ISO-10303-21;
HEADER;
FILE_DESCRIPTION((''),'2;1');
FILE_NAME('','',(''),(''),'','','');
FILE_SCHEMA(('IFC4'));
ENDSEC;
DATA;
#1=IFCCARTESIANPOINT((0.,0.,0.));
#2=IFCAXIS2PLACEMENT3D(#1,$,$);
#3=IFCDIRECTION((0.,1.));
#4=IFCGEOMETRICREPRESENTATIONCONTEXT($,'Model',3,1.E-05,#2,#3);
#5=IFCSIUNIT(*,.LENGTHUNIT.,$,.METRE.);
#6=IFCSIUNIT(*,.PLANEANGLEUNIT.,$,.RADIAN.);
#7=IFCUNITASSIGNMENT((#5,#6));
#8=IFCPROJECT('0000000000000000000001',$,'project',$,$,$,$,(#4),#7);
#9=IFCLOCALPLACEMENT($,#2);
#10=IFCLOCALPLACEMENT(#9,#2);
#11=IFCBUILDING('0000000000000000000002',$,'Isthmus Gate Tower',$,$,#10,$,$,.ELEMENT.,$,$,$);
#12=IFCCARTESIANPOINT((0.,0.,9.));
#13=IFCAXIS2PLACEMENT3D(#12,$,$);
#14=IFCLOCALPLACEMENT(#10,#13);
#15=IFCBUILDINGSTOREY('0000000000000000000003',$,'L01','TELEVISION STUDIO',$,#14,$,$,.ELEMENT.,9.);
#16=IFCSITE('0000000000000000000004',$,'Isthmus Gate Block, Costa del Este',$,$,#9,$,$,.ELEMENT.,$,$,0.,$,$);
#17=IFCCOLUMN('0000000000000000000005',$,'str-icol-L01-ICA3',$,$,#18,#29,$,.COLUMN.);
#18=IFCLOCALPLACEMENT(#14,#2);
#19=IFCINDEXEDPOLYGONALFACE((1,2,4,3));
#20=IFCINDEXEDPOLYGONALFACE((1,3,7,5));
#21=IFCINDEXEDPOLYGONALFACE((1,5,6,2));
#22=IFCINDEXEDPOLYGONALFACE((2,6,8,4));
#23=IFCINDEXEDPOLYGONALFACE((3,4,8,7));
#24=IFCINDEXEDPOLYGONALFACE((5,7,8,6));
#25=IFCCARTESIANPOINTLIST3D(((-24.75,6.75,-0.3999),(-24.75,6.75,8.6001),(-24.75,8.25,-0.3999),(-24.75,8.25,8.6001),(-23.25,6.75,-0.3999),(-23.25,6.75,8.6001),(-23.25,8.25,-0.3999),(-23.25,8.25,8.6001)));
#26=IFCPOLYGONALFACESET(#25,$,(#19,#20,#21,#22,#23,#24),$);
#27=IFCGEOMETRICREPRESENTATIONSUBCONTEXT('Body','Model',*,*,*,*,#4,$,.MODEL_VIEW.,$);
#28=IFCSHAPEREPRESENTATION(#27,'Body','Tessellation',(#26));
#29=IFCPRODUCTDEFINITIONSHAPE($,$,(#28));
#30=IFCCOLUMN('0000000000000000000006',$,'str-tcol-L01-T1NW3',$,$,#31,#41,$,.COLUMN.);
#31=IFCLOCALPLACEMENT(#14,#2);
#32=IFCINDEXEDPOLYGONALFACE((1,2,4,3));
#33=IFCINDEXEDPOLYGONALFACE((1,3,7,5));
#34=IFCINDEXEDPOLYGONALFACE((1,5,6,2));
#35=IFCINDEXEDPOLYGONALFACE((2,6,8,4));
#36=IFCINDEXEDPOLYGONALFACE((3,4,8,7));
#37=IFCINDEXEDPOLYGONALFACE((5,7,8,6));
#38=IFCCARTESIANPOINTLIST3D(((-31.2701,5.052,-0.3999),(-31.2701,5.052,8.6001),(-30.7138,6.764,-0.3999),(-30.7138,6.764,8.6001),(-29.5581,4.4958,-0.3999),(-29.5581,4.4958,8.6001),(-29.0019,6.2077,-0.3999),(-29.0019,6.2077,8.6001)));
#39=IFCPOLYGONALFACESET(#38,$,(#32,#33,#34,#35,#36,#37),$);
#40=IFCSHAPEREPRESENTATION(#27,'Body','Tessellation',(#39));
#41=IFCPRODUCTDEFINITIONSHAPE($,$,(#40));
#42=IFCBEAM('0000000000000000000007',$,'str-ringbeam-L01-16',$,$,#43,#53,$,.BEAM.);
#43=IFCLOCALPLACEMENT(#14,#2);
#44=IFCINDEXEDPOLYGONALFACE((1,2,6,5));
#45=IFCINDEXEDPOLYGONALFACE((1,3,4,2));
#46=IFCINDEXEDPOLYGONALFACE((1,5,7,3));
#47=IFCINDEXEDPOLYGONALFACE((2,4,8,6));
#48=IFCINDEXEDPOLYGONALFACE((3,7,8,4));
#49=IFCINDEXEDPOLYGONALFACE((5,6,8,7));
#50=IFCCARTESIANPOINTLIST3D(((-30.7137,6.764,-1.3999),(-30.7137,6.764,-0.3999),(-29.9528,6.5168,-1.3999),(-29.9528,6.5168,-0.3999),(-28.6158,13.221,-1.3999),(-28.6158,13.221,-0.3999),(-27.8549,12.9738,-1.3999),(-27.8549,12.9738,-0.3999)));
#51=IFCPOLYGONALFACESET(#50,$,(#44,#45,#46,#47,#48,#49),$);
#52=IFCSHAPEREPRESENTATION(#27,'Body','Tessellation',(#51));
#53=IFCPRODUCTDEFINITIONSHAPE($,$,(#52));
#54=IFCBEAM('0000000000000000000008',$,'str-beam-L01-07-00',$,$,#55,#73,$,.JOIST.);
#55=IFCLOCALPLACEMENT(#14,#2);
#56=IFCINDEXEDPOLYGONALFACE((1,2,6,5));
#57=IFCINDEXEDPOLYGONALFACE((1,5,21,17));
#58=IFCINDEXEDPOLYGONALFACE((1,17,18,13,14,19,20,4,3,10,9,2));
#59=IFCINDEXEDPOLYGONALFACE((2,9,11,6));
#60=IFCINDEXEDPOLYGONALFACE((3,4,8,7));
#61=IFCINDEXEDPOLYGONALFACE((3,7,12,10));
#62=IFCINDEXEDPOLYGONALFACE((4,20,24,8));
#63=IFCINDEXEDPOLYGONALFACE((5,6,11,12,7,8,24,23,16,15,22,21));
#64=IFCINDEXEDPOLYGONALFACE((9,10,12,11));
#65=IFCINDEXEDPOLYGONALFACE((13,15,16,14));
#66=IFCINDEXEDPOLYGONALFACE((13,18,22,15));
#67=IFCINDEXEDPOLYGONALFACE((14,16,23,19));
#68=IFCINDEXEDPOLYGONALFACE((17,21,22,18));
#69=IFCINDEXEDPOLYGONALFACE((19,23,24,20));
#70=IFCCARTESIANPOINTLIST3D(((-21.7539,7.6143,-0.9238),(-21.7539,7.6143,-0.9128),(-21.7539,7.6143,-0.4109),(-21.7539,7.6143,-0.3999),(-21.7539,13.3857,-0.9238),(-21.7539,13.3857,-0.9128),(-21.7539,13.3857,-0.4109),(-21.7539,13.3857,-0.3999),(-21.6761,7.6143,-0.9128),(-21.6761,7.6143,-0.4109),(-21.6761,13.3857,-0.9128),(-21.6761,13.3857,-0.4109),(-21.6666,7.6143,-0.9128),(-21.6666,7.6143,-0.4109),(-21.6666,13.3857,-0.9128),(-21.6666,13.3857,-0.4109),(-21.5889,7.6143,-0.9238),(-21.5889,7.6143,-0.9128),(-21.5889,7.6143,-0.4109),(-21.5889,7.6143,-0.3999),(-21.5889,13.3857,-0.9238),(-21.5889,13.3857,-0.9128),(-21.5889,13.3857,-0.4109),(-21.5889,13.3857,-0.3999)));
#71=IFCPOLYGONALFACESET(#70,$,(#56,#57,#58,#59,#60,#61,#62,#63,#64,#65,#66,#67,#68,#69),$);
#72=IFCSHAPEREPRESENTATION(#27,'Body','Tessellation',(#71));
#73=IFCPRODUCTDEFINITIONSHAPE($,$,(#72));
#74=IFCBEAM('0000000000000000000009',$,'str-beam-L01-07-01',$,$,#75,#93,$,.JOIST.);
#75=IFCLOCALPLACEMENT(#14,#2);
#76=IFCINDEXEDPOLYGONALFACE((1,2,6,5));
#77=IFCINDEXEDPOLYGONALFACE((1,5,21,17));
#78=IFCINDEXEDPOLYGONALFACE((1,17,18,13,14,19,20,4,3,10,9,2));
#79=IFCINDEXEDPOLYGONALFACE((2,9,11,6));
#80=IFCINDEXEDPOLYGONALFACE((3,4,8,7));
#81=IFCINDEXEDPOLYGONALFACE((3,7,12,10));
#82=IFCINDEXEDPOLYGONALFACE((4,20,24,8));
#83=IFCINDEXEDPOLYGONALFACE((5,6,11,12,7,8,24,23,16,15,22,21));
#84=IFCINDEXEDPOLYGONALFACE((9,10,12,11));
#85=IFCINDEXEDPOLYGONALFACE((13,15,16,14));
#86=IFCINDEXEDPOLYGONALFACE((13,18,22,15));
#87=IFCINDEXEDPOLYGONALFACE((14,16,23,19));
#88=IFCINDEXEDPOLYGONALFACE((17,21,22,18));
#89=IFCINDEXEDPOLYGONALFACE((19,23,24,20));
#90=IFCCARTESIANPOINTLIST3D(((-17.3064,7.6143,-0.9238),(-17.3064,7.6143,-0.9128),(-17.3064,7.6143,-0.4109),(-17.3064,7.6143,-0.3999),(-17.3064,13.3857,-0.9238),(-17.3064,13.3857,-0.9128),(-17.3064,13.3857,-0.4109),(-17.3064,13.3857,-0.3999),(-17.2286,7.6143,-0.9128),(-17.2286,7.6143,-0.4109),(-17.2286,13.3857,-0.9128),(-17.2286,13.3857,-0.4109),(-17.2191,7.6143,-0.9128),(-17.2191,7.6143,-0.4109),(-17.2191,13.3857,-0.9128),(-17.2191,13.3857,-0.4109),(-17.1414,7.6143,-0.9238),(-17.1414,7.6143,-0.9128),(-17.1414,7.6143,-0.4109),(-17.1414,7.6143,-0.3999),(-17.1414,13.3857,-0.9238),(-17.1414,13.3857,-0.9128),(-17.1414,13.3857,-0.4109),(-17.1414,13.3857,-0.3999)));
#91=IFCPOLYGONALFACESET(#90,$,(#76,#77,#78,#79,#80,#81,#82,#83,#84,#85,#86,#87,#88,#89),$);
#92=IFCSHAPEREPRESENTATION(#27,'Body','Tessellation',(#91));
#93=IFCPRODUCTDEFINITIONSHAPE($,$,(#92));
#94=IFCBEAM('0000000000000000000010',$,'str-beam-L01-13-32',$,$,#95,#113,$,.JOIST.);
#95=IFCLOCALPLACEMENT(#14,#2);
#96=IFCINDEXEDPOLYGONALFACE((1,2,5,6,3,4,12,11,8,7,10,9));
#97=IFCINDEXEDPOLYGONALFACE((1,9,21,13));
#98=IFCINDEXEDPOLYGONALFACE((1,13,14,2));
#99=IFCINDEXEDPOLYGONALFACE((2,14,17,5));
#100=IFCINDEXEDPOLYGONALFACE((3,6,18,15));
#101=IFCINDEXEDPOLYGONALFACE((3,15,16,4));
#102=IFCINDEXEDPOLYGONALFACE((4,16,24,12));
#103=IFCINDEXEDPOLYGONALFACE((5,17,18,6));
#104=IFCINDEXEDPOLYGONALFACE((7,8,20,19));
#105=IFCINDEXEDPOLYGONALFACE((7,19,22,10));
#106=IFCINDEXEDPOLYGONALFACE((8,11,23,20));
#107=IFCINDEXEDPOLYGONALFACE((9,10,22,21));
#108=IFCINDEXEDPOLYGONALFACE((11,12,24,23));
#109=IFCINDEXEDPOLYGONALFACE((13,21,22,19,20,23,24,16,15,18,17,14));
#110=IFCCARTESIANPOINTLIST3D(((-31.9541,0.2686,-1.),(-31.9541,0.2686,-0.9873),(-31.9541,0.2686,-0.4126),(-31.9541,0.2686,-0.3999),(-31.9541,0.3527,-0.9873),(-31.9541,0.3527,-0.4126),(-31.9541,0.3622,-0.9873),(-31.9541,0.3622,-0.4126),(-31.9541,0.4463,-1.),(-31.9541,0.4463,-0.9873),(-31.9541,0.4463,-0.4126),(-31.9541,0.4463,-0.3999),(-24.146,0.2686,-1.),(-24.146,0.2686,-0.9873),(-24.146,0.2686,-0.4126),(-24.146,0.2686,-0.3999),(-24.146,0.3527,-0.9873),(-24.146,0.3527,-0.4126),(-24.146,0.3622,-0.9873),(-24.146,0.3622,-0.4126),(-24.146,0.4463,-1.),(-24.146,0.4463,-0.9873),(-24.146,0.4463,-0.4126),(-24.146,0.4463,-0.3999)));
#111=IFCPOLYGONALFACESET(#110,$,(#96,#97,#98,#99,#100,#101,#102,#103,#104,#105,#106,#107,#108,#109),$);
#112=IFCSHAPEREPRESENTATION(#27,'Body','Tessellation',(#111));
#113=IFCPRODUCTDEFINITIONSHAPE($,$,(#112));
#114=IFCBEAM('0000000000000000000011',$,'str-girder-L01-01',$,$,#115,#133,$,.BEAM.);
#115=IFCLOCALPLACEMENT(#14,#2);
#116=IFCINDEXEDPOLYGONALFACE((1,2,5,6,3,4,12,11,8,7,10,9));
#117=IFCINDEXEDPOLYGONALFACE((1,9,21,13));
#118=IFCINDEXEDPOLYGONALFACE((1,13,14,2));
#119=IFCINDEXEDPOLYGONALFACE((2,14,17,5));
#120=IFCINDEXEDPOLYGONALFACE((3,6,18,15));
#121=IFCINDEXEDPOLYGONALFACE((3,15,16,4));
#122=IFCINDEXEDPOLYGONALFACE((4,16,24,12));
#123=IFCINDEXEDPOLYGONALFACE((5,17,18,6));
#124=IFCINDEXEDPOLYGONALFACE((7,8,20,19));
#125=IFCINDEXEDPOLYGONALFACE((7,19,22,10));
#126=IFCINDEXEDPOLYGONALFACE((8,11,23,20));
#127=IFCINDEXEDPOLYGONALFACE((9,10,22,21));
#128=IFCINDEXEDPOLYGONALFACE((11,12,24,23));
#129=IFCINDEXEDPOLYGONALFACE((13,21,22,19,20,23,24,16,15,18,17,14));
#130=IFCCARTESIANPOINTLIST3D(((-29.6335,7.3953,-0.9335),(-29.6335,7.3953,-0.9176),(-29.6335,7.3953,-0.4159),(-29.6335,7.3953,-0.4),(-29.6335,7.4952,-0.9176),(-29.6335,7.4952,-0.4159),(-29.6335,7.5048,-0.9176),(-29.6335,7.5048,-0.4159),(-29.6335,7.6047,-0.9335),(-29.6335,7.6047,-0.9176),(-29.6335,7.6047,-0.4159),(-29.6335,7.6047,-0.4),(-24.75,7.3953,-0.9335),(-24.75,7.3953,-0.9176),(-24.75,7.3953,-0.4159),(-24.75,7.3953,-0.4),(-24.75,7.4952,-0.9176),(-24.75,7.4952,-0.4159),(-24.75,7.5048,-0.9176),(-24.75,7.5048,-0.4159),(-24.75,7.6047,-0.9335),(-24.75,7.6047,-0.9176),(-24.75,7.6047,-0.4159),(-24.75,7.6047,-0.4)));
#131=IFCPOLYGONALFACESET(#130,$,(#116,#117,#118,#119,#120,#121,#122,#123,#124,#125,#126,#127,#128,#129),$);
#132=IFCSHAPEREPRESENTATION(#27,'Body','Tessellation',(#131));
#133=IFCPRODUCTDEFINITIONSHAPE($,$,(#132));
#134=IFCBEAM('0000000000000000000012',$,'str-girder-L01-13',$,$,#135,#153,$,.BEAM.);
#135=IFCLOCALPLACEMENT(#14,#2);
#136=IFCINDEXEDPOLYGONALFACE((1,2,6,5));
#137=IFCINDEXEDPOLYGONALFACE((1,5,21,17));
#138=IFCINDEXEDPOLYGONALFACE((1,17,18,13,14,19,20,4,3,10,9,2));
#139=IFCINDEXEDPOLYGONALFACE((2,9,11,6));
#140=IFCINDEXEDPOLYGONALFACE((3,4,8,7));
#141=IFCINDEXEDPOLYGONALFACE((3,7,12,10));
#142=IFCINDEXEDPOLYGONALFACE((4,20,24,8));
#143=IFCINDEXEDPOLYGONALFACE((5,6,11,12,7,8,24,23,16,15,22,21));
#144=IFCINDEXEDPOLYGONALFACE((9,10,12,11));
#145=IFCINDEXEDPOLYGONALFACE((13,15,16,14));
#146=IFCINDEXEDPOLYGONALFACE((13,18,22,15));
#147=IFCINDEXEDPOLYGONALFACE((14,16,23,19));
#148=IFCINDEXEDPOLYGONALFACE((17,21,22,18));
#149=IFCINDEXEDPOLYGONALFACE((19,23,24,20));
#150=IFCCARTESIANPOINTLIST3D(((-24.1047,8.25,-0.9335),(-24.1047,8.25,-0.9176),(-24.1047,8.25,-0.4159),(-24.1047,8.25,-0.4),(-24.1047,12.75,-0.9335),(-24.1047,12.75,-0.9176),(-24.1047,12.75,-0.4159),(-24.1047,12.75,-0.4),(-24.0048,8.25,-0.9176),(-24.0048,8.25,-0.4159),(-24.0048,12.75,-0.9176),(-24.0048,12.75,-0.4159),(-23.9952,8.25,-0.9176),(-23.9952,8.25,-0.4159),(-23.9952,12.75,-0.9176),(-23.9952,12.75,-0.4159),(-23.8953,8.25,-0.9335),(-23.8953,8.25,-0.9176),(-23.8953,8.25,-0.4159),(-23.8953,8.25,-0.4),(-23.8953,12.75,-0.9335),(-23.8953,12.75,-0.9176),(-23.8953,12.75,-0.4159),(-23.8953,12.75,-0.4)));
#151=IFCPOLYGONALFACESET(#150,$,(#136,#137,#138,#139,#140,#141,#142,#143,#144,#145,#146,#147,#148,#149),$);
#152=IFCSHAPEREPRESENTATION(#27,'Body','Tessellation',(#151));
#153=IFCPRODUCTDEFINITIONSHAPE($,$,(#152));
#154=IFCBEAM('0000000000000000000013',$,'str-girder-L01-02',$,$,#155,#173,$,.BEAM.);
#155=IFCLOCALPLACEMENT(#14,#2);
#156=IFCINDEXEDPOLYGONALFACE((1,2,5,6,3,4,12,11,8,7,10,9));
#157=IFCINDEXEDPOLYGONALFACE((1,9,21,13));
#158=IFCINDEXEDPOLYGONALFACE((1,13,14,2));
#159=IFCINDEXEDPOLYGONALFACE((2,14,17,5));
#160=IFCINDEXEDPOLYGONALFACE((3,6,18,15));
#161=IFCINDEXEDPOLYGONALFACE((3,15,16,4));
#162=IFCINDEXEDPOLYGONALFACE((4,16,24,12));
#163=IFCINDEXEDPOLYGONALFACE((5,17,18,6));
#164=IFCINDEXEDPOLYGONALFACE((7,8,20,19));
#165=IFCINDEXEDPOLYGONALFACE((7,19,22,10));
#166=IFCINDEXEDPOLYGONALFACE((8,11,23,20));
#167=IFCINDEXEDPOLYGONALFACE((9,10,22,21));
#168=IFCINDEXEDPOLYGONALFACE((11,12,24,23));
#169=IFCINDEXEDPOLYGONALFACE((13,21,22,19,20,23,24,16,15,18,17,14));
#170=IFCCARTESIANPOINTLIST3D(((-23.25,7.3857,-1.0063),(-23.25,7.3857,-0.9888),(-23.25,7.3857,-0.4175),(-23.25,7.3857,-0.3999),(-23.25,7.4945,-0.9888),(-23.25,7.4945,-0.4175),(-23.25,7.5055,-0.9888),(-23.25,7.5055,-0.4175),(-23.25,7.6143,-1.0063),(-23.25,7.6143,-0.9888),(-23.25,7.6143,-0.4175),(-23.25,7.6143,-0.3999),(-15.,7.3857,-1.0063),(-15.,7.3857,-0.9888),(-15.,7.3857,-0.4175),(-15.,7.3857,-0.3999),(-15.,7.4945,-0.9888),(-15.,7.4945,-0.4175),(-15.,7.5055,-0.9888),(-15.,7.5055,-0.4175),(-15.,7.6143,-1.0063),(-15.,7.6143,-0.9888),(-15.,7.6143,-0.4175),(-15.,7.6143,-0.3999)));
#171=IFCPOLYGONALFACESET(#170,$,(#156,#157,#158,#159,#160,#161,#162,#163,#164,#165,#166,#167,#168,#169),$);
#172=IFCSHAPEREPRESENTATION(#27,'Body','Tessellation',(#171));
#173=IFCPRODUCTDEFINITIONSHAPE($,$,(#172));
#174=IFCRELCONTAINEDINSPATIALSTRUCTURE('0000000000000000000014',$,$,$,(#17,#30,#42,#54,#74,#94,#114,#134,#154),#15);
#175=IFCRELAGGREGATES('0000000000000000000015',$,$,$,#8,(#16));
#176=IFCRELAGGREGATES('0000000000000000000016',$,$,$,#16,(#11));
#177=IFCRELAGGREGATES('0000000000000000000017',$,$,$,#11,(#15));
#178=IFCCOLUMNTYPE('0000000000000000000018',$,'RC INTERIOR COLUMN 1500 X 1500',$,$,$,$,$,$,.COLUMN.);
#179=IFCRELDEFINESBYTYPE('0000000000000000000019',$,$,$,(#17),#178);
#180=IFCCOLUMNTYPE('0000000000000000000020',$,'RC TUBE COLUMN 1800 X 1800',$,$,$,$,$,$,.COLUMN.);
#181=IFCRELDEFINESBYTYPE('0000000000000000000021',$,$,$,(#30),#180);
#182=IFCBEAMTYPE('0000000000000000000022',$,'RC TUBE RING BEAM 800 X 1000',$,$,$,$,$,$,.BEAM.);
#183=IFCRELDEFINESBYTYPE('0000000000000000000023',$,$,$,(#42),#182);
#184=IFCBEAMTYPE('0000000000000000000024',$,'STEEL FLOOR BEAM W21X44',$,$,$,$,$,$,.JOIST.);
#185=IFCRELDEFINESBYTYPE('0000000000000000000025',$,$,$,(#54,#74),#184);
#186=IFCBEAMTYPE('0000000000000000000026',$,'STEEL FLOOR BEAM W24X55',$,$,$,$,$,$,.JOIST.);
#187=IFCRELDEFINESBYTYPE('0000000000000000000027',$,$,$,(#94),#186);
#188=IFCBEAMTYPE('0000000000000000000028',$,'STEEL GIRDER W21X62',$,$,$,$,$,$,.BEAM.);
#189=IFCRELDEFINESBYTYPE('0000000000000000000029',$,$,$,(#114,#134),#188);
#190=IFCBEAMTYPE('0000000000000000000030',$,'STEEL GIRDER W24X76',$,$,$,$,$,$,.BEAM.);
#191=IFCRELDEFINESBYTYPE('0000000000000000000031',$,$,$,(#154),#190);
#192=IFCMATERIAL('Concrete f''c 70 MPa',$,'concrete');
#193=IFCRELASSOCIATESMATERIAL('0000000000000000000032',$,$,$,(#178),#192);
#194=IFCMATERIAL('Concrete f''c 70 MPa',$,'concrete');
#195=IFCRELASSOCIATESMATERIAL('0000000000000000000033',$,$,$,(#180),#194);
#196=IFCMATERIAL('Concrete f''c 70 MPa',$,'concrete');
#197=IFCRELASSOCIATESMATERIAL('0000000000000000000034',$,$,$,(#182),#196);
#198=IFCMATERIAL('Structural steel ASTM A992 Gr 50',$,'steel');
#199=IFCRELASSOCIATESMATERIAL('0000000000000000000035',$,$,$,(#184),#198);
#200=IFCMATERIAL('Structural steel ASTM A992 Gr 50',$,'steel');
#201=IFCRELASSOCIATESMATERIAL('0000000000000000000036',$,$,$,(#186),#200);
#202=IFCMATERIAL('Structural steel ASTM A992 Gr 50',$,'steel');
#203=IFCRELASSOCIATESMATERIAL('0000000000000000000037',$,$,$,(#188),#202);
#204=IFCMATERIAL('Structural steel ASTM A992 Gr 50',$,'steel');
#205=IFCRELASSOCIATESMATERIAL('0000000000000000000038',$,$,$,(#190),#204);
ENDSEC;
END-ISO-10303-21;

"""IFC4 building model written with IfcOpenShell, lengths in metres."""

from ifc_helpers import new_model, si_unit, direction, frame, origin, origin_2d, place, context, subcontext, project, spatial, rectangle, i_section, extrude, material, material_profile, profile_set, type_object, element, save


model = new_model("IFC4")

# Units and contexts
model_context = context("Model", 3, precision=1e-05, world=origin(), true_north=direction((0.0, 1.0)))
body_context = subcontext(model_context, "Body", "Model", "MODEL_VIEW")
ifc_project = project(units=[si_unit("LENGTHUNIT", "METRE"), si_unit("PLANEANGLEUNIT", "RADIAN")], contexts=[model_context])

# Site, building, storey
site_placement = place(None, origin())
site = spatial("IfcSite", under=ifc_project, at=site_placement, Name="Isthmus Gate Block, Costa del Este", CompositionType="ELEMENT", RefElevation=0.0)
building_placement = place(site_placement, origin())
building = spatial("IfcBuilding", under=site, at=building_placement, Name="Isthmus Gate Tower", CompositionType="ELEMENT")
storey_placement = place(building_placement, frame((0.0, 0.0, 9.0)))
storey = spatial("IfcBuildingStorey", under=building, at=storey_placement, Name="L01", Description="TELEVISION STUDIO", CompositionType="ELEMENT", Elevation=9.0)

# Columns
ifc_material_1 = material(Name="Concrete f'c 70 MPa", Category="concrete")
ifc_material_profile_1 = material_profile(ifc_material_1, rectangle(XDim=1.5, YDim=1.5, at=origin_2d()), Name="RC 1500X1500")
ifc_profile_set_1 = profile_set([ifc_material_profile_1], Name="Concrete f'c 70 MPa")
column_type_1 = type_object("IfcColumnType", Name="RC INTERIOR COLUMN 1500 X 1500", PredefinedType="COLUMN", material=ifc_profile_set_1)
column_1_placement = place(storey_placement, frame((-24.0, 7.5, -0.3999), z_axis=(0.0, 0.0, 1.0), x_axis=(1.0, 0.0, 0.0)))
element("IfcColumn", 1, at=column_1_placement, inside=storey, type_object=column_type_1, Name="str-icol-L01-ICA3", PredefinedType="COLUMN", context=body_context, shape_type="SweptSolid", body=[
    extrude(rectangle(XDim=1.5, YDim=1.5, at=origin_2d()), origin(), (0.0, 0.0, 1.0), 9.0),
])
ifc_material_2 = material(Name="Concrete f'c 70 MPa", Category="concrete")
ifc_material_profile_2 = material_profile(ifc_material_2, rectangle(XDim=1.8, YDim=1.8, at=origin_2d()), Name="RC 1800X1800")
ifc_profile_set_2 = profile_set([ifc_material_profile_2], Name="Concrete f'c 70 MPa")
column_type_2 = type_object("IfcColumnType", Name="RC TUBE COLUMN 1800 X 1800", PredefinedType="COLUMN", material=ifc_profile_set_2)
column_2_placement = place(storey_placement, frame((-30.136, 5.6299, -0.3999), z_axis=(0.0, 0.0, 1.0), x_axis=(-0.309017, -0.951057, 0.0)))
element("IfcColumn", 2, at=column_2_placement, inside=storey, type_object=column_type_2, Name="str-tcol-L01-T1NW3", PredefinedType="COLUMN", context=body_context, shape_type="SweptSolid", body=[
    extrude(rectangle(XDim=1.8, YDim=1.8, at=origin_2d()), origin(), (0.0, 0.0, 1.0), 9.0),
])

# Beams
ifc_material_3 = material(Name="Concrete f'c 70 MPa", Category="concrete")
ifc_material_profile_3 = material_profile(ifc_material_3, rectangle(XDim=0.8, YDim=1.0, at=origin_2d()), Name="RC 800X1000")
ifc_profile_set_3 = profile_set([ifc_material_profile_3], Name="Concrete f'c 70 MPa")
beam_type_1 = type_object("IfcBeamType", Name="RC TUBE RING BEAM 800 X 1000", PredefinedType="BEAM", material=ifc_profile_set_3)
beam_1_placement = place(storey_placement, frame((-30.3333, 6.6404, -0.8999), z_axis=(0.309002, 0.951062, 0.0), x_axis=(-0.951062, 0.309002, 0.0)))
element("IfcBeam", 3, at=beam_1_placement, inside=storey, type_object=beam_type_1, Name="str-ringbeam-L01-16", PredefinedType="BEAM", context=body_context, shape_type="SweptSolid", body=[
    extrude(rectangle(XDim=0.8, YDim=1.0, at=origin_2d()), origin(), (0.0, 0.0, 1.0), 6.7893),
])
ifc_material_4 = material(Name="Structural steel ASTM A992 Gr 50", Category="steel")
ifc_material_profile_4 = material_profile(ifc_material_4, i_section(OverallWidth=0.165, OverallDepth=0.5239, WebThickness=0.0095, FlangeThickness=0.011, at=origin_2d()), Name="W21X44")
ifc_profile_set_4 = profile_set([ifc_material_profile_4], Name="Structural steel ASTM A992 Gr 50")
beam_type_2 = type_object("IfcBeamType", Name="STEEL FLOOR BEAM W21X44", PredefinedType="JOIST", material=ifc_profile_set_4)
for number, where, z_axis, x_axis, name in (
    (4, (-21.6714, 7.6143, -0.6619), (0.0, 1.0, 0.0), (-1.0, 0.0, 0.0), "str-beam-L01-07-00"),
    (5, (-17.2239, 7.6143, -0.6619), (0.0, 1.0, 0.0), (-1.0, 0.0, 0.0), "str-beam-L01-07-01"),
):
    element("IfcBeam", number, at=place(storey_placement, frame(where, z_axis=z_axis, x_axis=x_axis)), inside=storey, type_object=beam_type_2, Name=name, PredefinedType="JOIST", context=body_context, shape_type="SweptSolid", body=[
        extrude(i_section(OverallWidth=0.165, OverallDepth=0.5239, WebThickness=0.0095, FlangeThickness=0.011, at=origin_2d()), origin(), (0.0, 0.0, 1.0), 5.7715),
    ])
ifc_material_5 = material(Name="Structural steel ASTM A992 Gr 50", Category="steel")
ifc_material_profile_5 = material_profile(ifc_material_5, i_section(OverallWidth=0.1777, OverallDepth=0.6001, WebThickness=0.0095, FlangeThickness=0.0127, at=origin_2d()), Name="W24X55")
ifc_profile_set_5 = profile_set([ifc_material_profile_5], Name="Structural steel ASTM A992 Gr 50")
beam_type_3 = type_object("IfcBeamType", Name="STEEL FLOOR BEAM W24X55", PredefinedType="JOIST", material=ifc_profile_set_5)
beam_2_placement = place(storey_placement, frame((-24.146, 0.3574, -0.7), z_axis=(-1.0, 0.0, 0.0), x_axis=(0.0, -1.0, 0.0)))
element("IfcBeam", 6, at=beam_2_placement, inside=storey, type_object=beam_type_3, Name="str-beam-L01-13-32", PredefinedType="JOIST", context=body_context, shape_type="SweptSolid", body=[
    extrude(i_section(OverallWidth=0.1777, OverallDepth=0.6001, WebThickness=0.0095, FlangeThickness=0.0127, at=origin_2d()), origin(), (0.0, 0.0, 1.0), 7.8081),
])
ifc_material_6 = material(Name="Structural steel ASTM A992 Gr 50", Category="steel")
ifc_material_profile_6 = material_profile(ifc_material_6, i_section(OverallWidth=0.2095, OverallDepth=0.5334, WebThickness=0.0095, FlangeThickness=0.0159, at=origin_2d()), Name="W21X62")
ifc_profile_set_6 = profile_set([ifc_material_profile_6], Name="Structural steel ASTM A992 Gr 50")
beam_type_4 = type_object("IfcBeamType", Name="STEEL GIRDER W21X62", PredefinedType="BEAM", material=ifc_profile_set_6)
beam_3_placement = place(storey_placement, frame((-29.6335, 7.5, -0.6667), z_axis=(1.0, 0.0, 0.0), x_axis=(0.0, 1.0, 0.0)))
element("IfcBeam", 7, at=beam_3_placement, inside=storey, type_object=beam_type_4, Name="str-girder-L01-01", PredefinedType="BEAM", context=body_context, shape_type="SweptSolid", body=[
    extrude(i_section(OverallWidth=0.2095, OverallDepth=0.5334, WebThickness=0.0095, FlangeThickness=0.0159, at=origin_2d()), origin(), (0.0, 0.0, 1.0), 4.8835),
])
beam_4_placement = place(storey_placement, frame((-24.0, 8.25, -0.6667), z_axis=(0.0, 1.0, 0.0), x_axis=(-1.0, 0.0, 0.0)))
element("IfcBeam", 8, at=beam_4_placement, inside=storey, type_object=beam_type_4, Name="str-girder-L01-13", PredefinedType="BEAM", context=body_context, shape_type="SweptSolid", body=[
    extrude(i_section(OverallWidth=0.2095, OverallDepth=0.5334, WebThickness=0.0095, FlangeThickness=0.0159, at=origin_2d()), origin(), (0.0, 0.0, 1.0), 4.5),
])
ifc_material_7 = material(Name="Structural steel ASTM A992 Gr 50", Category="steel")
ifc_material_profile_7 = material_profile(ifc_material_7, i_section(OverallWidth=0.2285, OverallDepth=0.6064, WebThickness=0.011, FlangeThickness=0.0176, at=origin_2d()), Name="W24X76")
ifc_profile_set_7 = profile_set([ifc_material_profile_7], Name="Structural steel ASTM A992 Gr 50")
beam_type_5 = type_object("IfcBeamType", Name="STEEL GIRDER W24X76", PredefinedType="BEAM", material=ifc_profile_set_7)
beam_5_placement = place(storey_placement, frame((-23.25, 7.5, -0.7031), z_axis=(1.0, 0.0, 0.0), x_axis=(0.0, 1.0, 0.0)))
element("IfcBeam", 9, at=beam_5_placement, inside=storey, type_object=beam_type_5, Name="str-girder-L01-02", PredefinedType="BEAM", context=body_context, shape_type="SweptSolid", body=[
    extrude(i_section(OverallWidth=0.2285, OverallDepth=0.6064, WebThickness=0.011, FlangeThickness=0.0176, at=origin_2d()), origin(), (0.0, 0.0, 1.0), 8.25),
])

save(model, "model.ifc")
